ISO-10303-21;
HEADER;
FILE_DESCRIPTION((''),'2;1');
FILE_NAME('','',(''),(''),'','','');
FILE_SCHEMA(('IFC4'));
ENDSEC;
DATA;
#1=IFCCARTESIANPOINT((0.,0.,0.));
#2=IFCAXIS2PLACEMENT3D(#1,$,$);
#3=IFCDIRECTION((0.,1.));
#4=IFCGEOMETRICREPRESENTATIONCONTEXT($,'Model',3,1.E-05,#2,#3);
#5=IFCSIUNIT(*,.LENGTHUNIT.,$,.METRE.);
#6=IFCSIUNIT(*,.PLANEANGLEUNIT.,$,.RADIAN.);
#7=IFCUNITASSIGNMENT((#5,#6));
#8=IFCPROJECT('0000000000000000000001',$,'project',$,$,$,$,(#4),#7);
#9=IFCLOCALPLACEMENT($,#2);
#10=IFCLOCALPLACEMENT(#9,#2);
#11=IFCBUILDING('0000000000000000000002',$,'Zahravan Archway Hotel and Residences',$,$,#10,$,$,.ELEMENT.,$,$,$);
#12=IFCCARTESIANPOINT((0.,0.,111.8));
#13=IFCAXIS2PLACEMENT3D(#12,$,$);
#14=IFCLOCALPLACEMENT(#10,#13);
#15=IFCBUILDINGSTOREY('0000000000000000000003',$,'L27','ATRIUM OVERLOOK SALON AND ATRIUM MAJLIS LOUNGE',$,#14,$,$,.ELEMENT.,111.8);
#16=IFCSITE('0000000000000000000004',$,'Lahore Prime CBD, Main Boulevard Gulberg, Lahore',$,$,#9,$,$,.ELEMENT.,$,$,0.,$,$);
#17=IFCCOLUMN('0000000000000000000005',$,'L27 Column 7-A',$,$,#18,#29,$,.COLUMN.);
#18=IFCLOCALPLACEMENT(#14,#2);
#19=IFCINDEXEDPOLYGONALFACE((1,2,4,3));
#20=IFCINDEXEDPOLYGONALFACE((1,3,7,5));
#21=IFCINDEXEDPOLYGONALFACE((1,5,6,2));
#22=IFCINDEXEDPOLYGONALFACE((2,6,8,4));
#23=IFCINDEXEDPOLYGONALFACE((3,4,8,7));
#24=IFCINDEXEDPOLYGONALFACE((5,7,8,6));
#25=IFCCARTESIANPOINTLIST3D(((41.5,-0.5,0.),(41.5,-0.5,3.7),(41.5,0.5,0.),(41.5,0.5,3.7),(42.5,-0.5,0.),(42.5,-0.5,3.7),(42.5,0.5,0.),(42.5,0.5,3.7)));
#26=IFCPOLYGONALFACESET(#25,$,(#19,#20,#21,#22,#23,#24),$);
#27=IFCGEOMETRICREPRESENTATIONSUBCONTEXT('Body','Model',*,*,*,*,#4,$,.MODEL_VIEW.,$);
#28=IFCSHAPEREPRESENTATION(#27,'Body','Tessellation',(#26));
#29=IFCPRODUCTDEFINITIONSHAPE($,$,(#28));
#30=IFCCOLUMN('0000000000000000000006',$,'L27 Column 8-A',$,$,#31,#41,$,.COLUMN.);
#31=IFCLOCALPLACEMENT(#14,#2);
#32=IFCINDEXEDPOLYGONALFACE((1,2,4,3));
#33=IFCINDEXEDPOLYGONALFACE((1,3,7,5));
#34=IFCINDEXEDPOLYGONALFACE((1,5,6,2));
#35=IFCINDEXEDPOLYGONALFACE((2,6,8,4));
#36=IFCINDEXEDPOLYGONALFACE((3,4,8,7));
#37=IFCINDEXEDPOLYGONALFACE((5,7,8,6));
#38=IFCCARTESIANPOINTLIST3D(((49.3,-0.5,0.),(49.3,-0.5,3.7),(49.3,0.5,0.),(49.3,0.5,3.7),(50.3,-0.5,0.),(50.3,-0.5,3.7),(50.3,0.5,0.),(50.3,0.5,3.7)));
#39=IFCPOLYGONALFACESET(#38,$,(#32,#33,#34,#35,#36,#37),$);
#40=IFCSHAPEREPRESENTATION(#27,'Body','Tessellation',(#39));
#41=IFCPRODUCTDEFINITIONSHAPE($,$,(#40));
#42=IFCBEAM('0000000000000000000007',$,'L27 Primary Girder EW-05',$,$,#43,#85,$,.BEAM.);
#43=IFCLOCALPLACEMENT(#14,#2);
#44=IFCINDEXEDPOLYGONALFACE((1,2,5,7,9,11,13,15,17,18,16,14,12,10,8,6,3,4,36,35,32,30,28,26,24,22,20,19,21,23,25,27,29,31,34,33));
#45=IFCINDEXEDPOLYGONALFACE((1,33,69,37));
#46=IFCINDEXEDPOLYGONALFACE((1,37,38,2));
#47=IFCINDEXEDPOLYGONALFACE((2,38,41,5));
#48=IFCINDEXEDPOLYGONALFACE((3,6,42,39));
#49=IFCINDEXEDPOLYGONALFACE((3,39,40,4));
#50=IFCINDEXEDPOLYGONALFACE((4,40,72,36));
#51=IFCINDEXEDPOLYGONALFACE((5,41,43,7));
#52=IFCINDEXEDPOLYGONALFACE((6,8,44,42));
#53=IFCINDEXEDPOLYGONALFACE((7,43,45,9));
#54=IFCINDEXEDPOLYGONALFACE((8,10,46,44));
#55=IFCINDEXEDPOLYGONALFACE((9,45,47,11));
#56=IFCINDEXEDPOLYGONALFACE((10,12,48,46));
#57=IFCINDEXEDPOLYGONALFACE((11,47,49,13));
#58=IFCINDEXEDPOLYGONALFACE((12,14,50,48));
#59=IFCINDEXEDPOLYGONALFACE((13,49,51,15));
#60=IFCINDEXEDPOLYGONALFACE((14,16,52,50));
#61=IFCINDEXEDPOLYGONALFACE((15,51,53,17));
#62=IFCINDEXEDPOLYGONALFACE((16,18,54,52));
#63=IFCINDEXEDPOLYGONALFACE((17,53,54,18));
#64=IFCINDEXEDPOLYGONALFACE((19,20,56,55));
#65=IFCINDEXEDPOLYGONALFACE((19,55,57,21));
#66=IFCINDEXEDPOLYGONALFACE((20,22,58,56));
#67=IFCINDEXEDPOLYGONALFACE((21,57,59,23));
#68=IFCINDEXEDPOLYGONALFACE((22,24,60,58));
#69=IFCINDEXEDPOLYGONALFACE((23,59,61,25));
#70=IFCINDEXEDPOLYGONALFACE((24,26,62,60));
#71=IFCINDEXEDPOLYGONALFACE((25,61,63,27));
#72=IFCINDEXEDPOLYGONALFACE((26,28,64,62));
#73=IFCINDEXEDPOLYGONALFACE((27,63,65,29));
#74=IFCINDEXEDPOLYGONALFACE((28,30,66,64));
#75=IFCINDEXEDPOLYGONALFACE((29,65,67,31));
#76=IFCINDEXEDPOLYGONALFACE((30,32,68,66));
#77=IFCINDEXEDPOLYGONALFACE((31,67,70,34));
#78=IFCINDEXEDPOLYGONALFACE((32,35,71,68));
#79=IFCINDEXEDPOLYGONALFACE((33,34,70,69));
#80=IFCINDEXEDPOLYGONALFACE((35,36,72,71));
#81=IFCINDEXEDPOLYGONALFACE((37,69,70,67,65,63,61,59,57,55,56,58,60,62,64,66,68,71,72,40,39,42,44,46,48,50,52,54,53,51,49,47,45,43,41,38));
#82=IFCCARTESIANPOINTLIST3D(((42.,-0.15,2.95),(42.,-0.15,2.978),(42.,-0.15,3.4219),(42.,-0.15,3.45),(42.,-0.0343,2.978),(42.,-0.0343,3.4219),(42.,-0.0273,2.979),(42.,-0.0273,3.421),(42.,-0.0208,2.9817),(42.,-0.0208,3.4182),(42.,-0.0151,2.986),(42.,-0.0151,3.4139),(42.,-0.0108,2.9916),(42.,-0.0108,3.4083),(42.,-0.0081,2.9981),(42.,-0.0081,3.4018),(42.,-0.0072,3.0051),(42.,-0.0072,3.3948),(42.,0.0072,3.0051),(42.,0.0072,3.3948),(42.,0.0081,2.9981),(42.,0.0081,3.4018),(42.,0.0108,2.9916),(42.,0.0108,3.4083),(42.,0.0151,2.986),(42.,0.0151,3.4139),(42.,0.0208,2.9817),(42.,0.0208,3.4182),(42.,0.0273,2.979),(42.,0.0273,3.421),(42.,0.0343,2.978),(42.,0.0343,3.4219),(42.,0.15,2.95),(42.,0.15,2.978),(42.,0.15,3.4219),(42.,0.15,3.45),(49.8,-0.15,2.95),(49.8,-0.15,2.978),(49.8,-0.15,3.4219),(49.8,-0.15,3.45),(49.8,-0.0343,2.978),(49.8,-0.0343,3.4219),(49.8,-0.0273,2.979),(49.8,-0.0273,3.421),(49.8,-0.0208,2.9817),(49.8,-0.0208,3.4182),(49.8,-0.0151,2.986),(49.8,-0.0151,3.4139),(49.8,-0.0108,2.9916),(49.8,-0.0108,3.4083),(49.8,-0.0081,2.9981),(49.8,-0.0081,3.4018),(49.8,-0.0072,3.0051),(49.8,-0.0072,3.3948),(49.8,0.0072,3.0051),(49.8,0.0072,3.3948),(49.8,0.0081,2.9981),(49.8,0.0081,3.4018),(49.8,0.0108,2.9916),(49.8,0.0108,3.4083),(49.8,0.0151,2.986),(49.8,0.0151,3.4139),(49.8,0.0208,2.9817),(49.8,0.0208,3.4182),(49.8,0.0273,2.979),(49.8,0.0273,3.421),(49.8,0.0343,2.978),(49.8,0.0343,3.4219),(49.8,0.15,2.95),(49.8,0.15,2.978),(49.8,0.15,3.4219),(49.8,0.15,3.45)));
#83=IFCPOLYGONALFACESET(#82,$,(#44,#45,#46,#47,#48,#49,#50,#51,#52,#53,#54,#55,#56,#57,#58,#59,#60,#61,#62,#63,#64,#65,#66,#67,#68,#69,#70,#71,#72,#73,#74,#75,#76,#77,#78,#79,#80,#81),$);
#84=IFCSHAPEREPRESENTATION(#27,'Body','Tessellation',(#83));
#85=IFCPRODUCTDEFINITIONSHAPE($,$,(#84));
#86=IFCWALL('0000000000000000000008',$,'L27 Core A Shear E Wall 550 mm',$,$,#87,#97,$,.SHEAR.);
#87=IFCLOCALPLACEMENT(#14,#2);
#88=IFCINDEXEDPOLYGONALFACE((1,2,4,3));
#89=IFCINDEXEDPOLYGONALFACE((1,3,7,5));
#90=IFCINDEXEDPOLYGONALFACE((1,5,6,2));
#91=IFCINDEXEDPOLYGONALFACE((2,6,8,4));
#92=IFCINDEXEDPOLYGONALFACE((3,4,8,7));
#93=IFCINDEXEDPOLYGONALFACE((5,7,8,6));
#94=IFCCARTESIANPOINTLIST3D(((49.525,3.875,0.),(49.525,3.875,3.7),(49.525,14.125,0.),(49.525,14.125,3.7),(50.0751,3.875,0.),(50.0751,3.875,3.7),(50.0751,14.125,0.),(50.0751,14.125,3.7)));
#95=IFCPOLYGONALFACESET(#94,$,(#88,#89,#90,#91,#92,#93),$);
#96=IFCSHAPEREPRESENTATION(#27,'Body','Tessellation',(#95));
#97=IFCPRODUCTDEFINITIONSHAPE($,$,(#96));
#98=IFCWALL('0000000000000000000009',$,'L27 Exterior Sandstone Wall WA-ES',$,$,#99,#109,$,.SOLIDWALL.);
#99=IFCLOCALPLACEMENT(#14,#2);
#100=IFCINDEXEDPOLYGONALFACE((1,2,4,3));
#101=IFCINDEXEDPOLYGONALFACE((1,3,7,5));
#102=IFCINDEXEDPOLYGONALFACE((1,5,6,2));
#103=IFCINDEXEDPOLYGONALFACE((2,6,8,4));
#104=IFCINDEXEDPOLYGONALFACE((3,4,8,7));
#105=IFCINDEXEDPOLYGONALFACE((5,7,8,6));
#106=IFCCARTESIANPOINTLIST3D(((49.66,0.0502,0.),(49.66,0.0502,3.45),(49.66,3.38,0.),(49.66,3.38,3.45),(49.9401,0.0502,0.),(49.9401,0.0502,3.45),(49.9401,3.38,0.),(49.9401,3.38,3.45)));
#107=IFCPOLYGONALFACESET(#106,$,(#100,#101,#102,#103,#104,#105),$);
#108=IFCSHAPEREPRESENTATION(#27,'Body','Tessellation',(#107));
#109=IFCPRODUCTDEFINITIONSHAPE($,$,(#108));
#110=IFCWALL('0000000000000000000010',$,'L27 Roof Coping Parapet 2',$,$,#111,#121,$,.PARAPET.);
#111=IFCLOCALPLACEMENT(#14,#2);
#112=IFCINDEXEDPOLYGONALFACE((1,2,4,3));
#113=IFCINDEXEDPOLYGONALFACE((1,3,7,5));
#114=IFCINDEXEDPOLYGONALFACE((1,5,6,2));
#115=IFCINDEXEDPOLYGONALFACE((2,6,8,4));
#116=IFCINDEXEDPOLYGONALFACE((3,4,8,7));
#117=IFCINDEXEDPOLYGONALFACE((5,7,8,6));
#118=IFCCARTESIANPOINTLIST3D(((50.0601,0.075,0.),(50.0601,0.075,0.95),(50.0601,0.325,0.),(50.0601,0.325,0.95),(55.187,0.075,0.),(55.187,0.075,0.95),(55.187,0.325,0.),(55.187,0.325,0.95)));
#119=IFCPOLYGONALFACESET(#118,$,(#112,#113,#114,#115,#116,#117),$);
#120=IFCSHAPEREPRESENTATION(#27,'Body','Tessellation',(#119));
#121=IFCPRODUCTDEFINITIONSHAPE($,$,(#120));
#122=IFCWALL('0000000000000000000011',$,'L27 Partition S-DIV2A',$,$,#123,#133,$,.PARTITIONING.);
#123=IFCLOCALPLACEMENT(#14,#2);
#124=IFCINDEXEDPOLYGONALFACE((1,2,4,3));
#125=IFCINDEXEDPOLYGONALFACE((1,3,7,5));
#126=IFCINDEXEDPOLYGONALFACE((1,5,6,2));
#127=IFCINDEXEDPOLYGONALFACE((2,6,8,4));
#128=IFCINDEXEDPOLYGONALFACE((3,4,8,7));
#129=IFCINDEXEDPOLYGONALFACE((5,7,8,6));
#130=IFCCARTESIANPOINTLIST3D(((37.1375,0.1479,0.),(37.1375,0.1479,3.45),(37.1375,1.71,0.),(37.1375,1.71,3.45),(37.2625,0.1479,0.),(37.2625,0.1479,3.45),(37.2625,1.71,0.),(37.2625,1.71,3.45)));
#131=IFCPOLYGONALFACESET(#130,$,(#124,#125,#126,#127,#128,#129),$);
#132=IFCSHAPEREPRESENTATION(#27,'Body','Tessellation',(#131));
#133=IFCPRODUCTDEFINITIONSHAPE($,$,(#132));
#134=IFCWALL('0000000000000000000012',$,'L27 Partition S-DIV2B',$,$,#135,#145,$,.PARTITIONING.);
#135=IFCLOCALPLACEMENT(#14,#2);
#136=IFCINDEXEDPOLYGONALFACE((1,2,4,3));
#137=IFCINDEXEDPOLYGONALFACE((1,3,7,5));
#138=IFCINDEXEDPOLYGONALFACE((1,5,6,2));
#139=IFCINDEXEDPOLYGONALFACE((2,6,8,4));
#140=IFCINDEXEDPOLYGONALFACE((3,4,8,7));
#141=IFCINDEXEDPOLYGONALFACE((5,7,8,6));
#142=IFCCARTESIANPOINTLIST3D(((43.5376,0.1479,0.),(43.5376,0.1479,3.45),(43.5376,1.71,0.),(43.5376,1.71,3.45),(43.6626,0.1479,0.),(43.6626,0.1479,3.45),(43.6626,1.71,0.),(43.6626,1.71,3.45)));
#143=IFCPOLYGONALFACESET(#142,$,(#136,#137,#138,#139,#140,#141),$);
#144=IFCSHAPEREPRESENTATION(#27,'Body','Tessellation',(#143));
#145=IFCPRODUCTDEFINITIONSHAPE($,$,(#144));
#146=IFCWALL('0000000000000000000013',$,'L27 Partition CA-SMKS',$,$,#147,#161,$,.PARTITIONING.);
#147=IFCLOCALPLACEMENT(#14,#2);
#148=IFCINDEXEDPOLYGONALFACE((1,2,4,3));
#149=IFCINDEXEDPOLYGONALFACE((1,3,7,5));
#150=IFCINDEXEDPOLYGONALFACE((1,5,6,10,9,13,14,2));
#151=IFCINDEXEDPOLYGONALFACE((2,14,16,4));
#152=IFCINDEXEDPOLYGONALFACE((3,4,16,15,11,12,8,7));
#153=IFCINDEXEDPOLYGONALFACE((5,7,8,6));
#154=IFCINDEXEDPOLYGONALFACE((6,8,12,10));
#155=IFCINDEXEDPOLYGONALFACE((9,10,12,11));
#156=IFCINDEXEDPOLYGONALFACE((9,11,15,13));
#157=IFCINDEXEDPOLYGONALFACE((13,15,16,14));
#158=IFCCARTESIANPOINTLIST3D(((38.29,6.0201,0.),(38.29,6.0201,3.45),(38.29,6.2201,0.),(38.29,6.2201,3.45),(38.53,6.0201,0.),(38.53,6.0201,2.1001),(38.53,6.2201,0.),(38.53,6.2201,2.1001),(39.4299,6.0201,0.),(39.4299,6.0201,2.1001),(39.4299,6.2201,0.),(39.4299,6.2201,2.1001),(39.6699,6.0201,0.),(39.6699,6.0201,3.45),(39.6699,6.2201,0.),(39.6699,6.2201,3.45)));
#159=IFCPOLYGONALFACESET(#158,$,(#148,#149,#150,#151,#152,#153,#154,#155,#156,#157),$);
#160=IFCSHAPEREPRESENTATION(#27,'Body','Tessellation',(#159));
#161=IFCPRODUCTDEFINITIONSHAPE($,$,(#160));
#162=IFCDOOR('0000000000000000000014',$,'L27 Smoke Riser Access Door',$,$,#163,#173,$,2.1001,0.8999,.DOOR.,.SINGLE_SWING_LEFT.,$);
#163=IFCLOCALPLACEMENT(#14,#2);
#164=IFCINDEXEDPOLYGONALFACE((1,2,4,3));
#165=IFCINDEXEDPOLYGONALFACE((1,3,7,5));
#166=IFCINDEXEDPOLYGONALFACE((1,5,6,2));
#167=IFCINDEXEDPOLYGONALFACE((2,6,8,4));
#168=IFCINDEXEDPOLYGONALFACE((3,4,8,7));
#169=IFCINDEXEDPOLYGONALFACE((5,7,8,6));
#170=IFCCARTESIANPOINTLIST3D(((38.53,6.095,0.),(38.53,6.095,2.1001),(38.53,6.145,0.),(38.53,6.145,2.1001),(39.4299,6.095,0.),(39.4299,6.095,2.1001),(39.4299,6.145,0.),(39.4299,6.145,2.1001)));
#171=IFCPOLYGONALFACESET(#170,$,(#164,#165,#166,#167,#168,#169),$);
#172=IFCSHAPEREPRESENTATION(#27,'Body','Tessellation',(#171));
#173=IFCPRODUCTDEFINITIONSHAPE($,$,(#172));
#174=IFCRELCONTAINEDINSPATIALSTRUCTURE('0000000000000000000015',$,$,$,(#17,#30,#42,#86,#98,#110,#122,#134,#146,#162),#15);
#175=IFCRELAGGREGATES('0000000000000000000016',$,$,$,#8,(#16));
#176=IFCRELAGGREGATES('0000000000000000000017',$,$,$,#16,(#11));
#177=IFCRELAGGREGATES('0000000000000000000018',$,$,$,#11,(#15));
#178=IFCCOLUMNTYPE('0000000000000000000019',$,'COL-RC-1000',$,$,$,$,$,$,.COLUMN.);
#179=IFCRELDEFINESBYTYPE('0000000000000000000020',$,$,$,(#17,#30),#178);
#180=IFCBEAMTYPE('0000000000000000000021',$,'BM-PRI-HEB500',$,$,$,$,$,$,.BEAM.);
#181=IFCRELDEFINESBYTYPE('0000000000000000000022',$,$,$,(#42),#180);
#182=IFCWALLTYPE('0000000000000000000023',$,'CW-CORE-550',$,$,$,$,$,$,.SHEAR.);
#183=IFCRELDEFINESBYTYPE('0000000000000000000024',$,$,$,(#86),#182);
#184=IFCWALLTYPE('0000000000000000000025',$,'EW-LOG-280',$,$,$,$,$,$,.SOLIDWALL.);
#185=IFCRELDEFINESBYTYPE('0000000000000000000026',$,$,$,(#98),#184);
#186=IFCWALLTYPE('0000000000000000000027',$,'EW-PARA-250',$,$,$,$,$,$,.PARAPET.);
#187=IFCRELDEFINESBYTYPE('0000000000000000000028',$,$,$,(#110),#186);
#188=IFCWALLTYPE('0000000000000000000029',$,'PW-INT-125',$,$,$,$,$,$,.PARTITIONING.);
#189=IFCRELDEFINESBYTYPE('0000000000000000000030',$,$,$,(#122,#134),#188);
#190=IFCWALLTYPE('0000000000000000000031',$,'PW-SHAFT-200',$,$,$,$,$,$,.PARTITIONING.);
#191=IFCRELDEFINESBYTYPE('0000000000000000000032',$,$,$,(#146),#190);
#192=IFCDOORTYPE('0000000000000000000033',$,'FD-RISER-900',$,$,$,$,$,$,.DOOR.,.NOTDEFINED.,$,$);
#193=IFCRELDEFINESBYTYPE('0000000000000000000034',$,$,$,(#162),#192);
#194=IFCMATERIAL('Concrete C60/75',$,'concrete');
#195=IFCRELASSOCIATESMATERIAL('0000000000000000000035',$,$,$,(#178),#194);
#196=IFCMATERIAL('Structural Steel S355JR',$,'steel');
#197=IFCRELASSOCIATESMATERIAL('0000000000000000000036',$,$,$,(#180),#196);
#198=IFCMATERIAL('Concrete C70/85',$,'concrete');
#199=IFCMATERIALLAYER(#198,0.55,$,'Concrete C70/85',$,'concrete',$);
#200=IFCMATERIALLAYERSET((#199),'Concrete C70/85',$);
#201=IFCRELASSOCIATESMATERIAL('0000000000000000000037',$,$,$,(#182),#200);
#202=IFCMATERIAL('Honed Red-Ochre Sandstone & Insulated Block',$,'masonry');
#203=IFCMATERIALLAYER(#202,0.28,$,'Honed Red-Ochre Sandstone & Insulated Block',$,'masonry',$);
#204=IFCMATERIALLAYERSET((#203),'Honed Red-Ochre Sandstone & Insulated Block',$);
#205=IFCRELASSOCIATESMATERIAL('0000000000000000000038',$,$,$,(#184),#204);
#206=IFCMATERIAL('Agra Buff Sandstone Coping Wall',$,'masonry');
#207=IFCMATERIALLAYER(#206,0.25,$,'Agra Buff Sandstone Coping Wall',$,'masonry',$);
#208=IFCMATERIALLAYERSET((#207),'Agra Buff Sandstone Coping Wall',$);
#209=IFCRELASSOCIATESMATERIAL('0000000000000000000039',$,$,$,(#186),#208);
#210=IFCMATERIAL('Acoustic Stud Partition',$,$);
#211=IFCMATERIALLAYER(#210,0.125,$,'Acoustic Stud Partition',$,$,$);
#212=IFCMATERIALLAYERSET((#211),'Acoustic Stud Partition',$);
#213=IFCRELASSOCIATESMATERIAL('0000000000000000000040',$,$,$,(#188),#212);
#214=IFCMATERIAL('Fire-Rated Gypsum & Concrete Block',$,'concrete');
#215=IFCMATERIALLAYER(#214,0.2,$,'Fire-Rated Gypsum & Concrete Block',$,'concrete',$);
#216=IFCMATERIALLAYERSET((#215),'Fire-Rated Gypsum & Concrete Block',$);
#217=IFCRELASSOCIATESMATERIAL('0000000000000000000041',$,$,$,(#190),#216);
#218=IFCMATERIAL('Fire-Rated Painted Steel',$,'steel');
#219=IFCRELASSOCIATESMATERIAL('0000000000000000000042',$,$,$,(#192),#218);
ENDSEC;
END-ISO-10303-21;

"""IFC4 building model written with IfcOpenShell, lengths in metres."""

from ifc_helpers import new_model, si_unit, direction, frame, frame_2d, origin, origin_2d, place, context, subcontext, project, spatial, rectangle, i_section, extrude, source, transform, mapped, material, layer, layer_set, material_profile, profile_set, type_object, type_shapes, element, fill, save


model = new_model("IFC4")

# Units and contexts
model_context = context("Model", 3, precision=1e-05, world=origin(), true_north=direction((0.0, 1.0)))
body_context = subcontext(model_context, "Body", "Model", "MODEL_VIEW")
ifc_project = project(units=[si_unit("LENGTHUNIT", "METRE"), si_unit("PLANEANGLEUNIT", "RADIAN")], contexts=[model_context])

# Site, building, storey
site_placement = place(None, origin())
site = spatial("IfcSite", under=ifc_project, at=site_placement, Name="Lahore Prime CBD, Main Boulevard Gulberg, Lahore", CompositionType="ELEMENT", RefElevation=0.0)
building_placement = place(site_placement, origin())
building = spatial("IfcBuilding", under=site, at=building_placement, Name="Zahravan Archway Hotel and Residences", CompositionType="ELEMENT")
storey_placement = place(building_placement, frame((0.0, 0.0, 111.8)))
storey = spatial("IfcBuildingStorey", under=building, at=storey_placement, Name="L27", Description="ATRIUM OVERLOOK SALON AND ATRIUM MAJLIS LOUNGE", CompositionType="ELEMENT", Elevation=111.8)

# Columns
ifc_material_1 = material(Name="Concrete C60/75", Category="concrete")
ifc_material_profile_1 = material_profile(ifc_material_1, rectangle(XDim=1.0, YDim=1.0, at=origin_2d()), Name="RC-COL-1000x1000", Category="concrete")
ifc_profile_set_1 = profile_set([ifc_material_profile_1], Name="Concrete C60/75")
column_type = type_object("IfcColumnType", Name="COL-RC-1000", PredefinedType="COLUMN", material=ifc_profile_set_1)
shared_shape_1 = source(origin(), body_context, "Body", "SweptSolid", [
    extrude(rectangle(XDim=1.0, YDim=1.0, at=origin_2d()), origin(), (0.0, 0.0, 1.0), 3.7),
])
type_shapes(column_type, [shared_shape_1])
for number, where, z_axis, x_axis, name in (
    (1, (42.0, 0.0, 0.0), (0.0, 0.0, 1.0), (1.0, 0.0, 0.0), "L27 Column 7-A"),
    (2, (49.8, 0.0, 0.0), (0.0, 0.0, 1.0), (1.0, 0.0, 0.0), "L27 Column 8-A"),
):
    element("IfcColumn", number, at=place(storey_placement, frame(where, z_axis=z_axis, x_axis=x_axis)), inside=storey, type_object=column_type, Name=name, PredefinedType="COLUMN", context=body_context, shape_type="MappedRepresentation", body=[
        mapped(shared_shape_1, transform((0.0, 0.0, 0.0), scale=1.0)),
    ])

# Beam
ifc_material_2 = material(Name="Structural Steel S355JR", Category="steel")
ifc_material_profile_2 = material_profile(ifc_material_2, i_section(OverallWidth=0.3, OverallDepth=0.5, WebThickness=0.0144, FlangeThickness=0.0281, FilletRadius=0.0271, at=origin_2d()), Name="HEB 500", Category="steel")
ifc_profile_set_2 = profile_set([ifc_material_profile_2], Name="Structural Steel S355JR")
beam_type = type_object("IfcBeamType", Name="BM-PRI-HEB500", PredefinedType="BEAM", material=ifc_profile_set_2)
shared_shape_2 = source(origin(), body_context, "Body", "SweptSolid", [
    extrude(i_section(OverallWidth=0.3, OverallDepth=0.5, WebThickness=0.0144, FlangeThickness=0.0281, FilletRadius=0.0271, at=origin_2d()), origin(), (0.0, 0.0, 1.0), 7.8),
])
beam_placement = place(storey_placement, frame((42.0, 0.0, 3.2), z_axis=(1.0, 0.0, 0.0), x_axis=(0.0, 1.0, 0.0)))
element("IfcBeam", 3, at=beam_placement, inside=storey, type_object=beam_type, Name="L27 Primary Girder EW-05", PredefinedType="BEAM", context=body_context, shape_type="MappedRepresentation", body=[
    mapped(shared_shape_2, transform((0.0, 0.0, 0.0), scale=1.0)),
])

# Walls
ifc_material_3 = material(Name="Concrete C70/85", Category="concrete")
ifc_layer_1 = layer(ifc_material_3, 0.55, Name="Concrete C70/85", Category="concrete")
ifc_layer_set_1 = layer_set([ifc_layer_1], Name="Concrete C70/85")
wall_type_1 = type_object("IfcWallType", Name="CW-CORE-550", PredefinedType="SHEAR", material=ifc_layer_set_1)
wall_1_placement = place(storey_placement, frame((49.8, 3.875, 0.0), z_axis=(0.0, 0.0, 1.0), x_axis=(0.0, 1.0, 0.0)))
element("IfcWall", 4, at=wall_1_placement, inside=storey, type_object=wall_type_1, Name="L27 Core A Shear E Wall 550 mm", PredefinedType="SHEAR", context=body_context, shape_type="SweptSolid", body=[
    extrude(rectangle(XDim=10.25, YDim=0.55, at=frame_2d((5.125, 0.0))), origin(), (0.0, 0.0, 1.0), 3.7),
])
ifc_material_4 = material(Name="Honed Red-Ochre Sandstone & Insulated Block", Category="masonry")
ifc_layer_2 = layer(ifc_material_4, 0.28, Name="Honed Red-Ochre Sandstone & Insulated Block", Category="masonry")
ifc_layer_set_2 = layer_set([ifc_layer_2], Name="Honed Red-Ochre Sandstone & Insulated Block")
wall_type_2 = type_object("IfcWallType", Name="EW-LOG-280", PredefinedType="SOLIDWALL", material=ifc_layer_set_2)
wall_2_placement = place(storey_placement, frame((49.8, 0.05, 0.0), z_axis=(0.0, 0.0, 1.0), x_axis=(0.0, 1.0, 0.0)))
element("IfcWall", 5, at=wall_2_placement, inside=storey, type_object=wall_type_2, Name="L27 Exterior Sandstone Wall WA-ES", PredefinedType="SOLIDWALL", context=body_context, shape_type="SweptSolid", body=[
    extrude(rectangle(XDim=3.3298, YDim=0.28, at=frame_2d((1.665, 0.0))), origin(), (0.0, 0.0, 1.0), 3.45),
])
ifc_material_5 = material(Name="Agra Buff Sandstone Coping Wall", Category="masonry")
ifc_layer_3 = layer(ifc_material_5, 0.25, Name="Agra Buff Sandstone Coping Wall", Category="masonry")
ifc_layer_set_3 = layer_set([ifc_layer_3], Name="Agra Buff Sandstone Coping Wall")
wall_type_3 = type_object("IfcWallType", Name="EW-PARA-250", PredefinedType="PARAPET", material=ifc_layer_set_3)
wall_3_placement = place(storey_placement, frame((55.187, 0.2, 0.0), z_axis=(0.0, 0.0, 1.0), x_axis=(-1.0, 0.0, 0.0)))
element("IfcWall", 6, at=wall_3_placement, inside=storey, type_object=wall_type_3, Name="L27 Roof Coping Parapet 2", PredefinedType="PARAPET", context=body_context, shape_type="SweptSolid", body=[
    extrude(rectangle(XDim=5.127, YDim=0.25, at=frame_2d((2.5635, 0.0))), origin(), (0.0, 0.0, 1.0), 0.95),
])
ifc_material_6 = material(Name="Acoustic Stud Partition")
ifc_layer_4 = layer(ifc_material_6, 0.125, Name="Acoustic Stud Partition")
ifc_layer_set_4 = layer_set([ifc_layer_4], Name="Acoustic Stud Partition")
wall_type_4 = type_object("IfcWallType", Name="PW-INT-125", PredefinedType="PARTITIONING", material=ifc_layer_set_4)
for number, where, z_axis, x_axis, name in (
    (7, (37.2, 0.1479, 0.0), (0.0, 0.0, 1.0), (0.0, 1.0, 0.0), "L27 Partition S-DIV2A"),
    (8, (43.6001, 0.1479, 0.0), (0.0, 0.0, 1.0), (0.0, 1.0, 0.0), "L27 Partition S-DIV2B"),
):
    element("IfcWall", number, at=place(storey_placement, frame(where, z_axis=z_axis, x_axis=x_axis)), inside=storey, type_object=wall_type_4, Name=name, PredefinedType="PARTITIONING", context=body_context, shape_type="SweptSolid", body=[
        extrude(rectangle(XDim=1.562, YDim=0.125, at=frame_2d((0.781, 0.0))), origin(), (0.0, 0.0, 1.0), 3.45),
    ])

# Wall, opening, door
ifc_material_7 = material(Name="Fire-Rated Gypsum & Concrete Block", Category="concrete")
ifc_layer_5 = layer(ifc_material_7, 0.2, Name="Fire-Rated Gypsum & Concrete Block", Category="concrete")
ifc_layer_set_5 = layer_set([ifc_layer_5], Name="Fire-Rated Gypsum & Concrete Block")
wall_type_5 = type_object("IfcWallType", Name="PW-SHAFT-200", PredefinedType="PARTITIONING", material=ifc_layer_set_5)
wall_4_placement = place(storey_placement, frame((38.29, 6.1201, 0.0), z_axis=(0.0, 0.0, 1.0), x_axis=(1.0, 0.0, 0.0)))
wall_4 = element("IfcWall", 9, at=wall_4_placement, inside=storey, type_object=wall_type_5, Name="L27 Partition CA-SMKS", PredefinedType="PARTITIONING", context=body_context, shape_type="SweptSolid", body=[
    extrude(rectangle(XDim=1.3799, YDim=0.2, at=frame_2d((0.6899, 0.0))), origin(), (0.0, 0.0, 1.0), 3.45),
])
opening_1_placement = place(wall_4_placement, frame((0.24, 0.0, 0.0)))
opening_1 = element("IfcOpeningElement", 10, at=opening_1_placement, cuts=wall_4, PredefinedType="OPENING", context=body_context, shape_type="SweptSolid", body=[
    extrude(rectangle(XDim=0.8999, YDim=2.1001, at=frame_2d((0.45, 1.05))), frame((0.0, 0.1099, 0.0), z_axis=(0.0, -1.0, 0.0), x_axis=(1.0, 0.0, 0.0)), (0.0, 0.0, 1.0), 0.22),
])
ifc_material_8 = material(Name="Fire-Rated Painted Steel", Category="steel")
door_type = type_object("IfcDoorType", Name="FD-RISER-900", OperationType="NOTDEFINED", PredefinedType="DOOR", material=ifc_material_8)
shared_shape_3 = source(origin(), body_context, "Body", "SweptSolid", [
    extrude(rectangle(XDim=0.8999, YDim=2.1001, at=frame_2d((0.45, 1.05))), frame((0.0, 0.0249, 0.0), z_axis=(0.0, -1.0, 0.0), x_axis=(1.0, 0.0, 0.0)), (0.0, 0.0, 1.0), 0.05),
])
type_shapes(door_type, [shared_shape_3])
door_1_placement = place(opening_1_placement, origin())
door_1 = element("IfcDoor", 11, at=door_1_placement, inside=storey, type_object=door_type, Name="L27 Smoke Riser Access Door", OperationType="SINGLE_SWING_LEFT", OverallHeight=2.1001, OverallWidth=0.8999, PredefinedType="DOOR", context=body_context, shape_type="MappedRepresentation", body=[
    mapped(shared_shape_3, transform((0.0, 0.0, 0.0), scale=1.0)),
])
fill(opening_1, door_1)

save(model, "model.ifc")
